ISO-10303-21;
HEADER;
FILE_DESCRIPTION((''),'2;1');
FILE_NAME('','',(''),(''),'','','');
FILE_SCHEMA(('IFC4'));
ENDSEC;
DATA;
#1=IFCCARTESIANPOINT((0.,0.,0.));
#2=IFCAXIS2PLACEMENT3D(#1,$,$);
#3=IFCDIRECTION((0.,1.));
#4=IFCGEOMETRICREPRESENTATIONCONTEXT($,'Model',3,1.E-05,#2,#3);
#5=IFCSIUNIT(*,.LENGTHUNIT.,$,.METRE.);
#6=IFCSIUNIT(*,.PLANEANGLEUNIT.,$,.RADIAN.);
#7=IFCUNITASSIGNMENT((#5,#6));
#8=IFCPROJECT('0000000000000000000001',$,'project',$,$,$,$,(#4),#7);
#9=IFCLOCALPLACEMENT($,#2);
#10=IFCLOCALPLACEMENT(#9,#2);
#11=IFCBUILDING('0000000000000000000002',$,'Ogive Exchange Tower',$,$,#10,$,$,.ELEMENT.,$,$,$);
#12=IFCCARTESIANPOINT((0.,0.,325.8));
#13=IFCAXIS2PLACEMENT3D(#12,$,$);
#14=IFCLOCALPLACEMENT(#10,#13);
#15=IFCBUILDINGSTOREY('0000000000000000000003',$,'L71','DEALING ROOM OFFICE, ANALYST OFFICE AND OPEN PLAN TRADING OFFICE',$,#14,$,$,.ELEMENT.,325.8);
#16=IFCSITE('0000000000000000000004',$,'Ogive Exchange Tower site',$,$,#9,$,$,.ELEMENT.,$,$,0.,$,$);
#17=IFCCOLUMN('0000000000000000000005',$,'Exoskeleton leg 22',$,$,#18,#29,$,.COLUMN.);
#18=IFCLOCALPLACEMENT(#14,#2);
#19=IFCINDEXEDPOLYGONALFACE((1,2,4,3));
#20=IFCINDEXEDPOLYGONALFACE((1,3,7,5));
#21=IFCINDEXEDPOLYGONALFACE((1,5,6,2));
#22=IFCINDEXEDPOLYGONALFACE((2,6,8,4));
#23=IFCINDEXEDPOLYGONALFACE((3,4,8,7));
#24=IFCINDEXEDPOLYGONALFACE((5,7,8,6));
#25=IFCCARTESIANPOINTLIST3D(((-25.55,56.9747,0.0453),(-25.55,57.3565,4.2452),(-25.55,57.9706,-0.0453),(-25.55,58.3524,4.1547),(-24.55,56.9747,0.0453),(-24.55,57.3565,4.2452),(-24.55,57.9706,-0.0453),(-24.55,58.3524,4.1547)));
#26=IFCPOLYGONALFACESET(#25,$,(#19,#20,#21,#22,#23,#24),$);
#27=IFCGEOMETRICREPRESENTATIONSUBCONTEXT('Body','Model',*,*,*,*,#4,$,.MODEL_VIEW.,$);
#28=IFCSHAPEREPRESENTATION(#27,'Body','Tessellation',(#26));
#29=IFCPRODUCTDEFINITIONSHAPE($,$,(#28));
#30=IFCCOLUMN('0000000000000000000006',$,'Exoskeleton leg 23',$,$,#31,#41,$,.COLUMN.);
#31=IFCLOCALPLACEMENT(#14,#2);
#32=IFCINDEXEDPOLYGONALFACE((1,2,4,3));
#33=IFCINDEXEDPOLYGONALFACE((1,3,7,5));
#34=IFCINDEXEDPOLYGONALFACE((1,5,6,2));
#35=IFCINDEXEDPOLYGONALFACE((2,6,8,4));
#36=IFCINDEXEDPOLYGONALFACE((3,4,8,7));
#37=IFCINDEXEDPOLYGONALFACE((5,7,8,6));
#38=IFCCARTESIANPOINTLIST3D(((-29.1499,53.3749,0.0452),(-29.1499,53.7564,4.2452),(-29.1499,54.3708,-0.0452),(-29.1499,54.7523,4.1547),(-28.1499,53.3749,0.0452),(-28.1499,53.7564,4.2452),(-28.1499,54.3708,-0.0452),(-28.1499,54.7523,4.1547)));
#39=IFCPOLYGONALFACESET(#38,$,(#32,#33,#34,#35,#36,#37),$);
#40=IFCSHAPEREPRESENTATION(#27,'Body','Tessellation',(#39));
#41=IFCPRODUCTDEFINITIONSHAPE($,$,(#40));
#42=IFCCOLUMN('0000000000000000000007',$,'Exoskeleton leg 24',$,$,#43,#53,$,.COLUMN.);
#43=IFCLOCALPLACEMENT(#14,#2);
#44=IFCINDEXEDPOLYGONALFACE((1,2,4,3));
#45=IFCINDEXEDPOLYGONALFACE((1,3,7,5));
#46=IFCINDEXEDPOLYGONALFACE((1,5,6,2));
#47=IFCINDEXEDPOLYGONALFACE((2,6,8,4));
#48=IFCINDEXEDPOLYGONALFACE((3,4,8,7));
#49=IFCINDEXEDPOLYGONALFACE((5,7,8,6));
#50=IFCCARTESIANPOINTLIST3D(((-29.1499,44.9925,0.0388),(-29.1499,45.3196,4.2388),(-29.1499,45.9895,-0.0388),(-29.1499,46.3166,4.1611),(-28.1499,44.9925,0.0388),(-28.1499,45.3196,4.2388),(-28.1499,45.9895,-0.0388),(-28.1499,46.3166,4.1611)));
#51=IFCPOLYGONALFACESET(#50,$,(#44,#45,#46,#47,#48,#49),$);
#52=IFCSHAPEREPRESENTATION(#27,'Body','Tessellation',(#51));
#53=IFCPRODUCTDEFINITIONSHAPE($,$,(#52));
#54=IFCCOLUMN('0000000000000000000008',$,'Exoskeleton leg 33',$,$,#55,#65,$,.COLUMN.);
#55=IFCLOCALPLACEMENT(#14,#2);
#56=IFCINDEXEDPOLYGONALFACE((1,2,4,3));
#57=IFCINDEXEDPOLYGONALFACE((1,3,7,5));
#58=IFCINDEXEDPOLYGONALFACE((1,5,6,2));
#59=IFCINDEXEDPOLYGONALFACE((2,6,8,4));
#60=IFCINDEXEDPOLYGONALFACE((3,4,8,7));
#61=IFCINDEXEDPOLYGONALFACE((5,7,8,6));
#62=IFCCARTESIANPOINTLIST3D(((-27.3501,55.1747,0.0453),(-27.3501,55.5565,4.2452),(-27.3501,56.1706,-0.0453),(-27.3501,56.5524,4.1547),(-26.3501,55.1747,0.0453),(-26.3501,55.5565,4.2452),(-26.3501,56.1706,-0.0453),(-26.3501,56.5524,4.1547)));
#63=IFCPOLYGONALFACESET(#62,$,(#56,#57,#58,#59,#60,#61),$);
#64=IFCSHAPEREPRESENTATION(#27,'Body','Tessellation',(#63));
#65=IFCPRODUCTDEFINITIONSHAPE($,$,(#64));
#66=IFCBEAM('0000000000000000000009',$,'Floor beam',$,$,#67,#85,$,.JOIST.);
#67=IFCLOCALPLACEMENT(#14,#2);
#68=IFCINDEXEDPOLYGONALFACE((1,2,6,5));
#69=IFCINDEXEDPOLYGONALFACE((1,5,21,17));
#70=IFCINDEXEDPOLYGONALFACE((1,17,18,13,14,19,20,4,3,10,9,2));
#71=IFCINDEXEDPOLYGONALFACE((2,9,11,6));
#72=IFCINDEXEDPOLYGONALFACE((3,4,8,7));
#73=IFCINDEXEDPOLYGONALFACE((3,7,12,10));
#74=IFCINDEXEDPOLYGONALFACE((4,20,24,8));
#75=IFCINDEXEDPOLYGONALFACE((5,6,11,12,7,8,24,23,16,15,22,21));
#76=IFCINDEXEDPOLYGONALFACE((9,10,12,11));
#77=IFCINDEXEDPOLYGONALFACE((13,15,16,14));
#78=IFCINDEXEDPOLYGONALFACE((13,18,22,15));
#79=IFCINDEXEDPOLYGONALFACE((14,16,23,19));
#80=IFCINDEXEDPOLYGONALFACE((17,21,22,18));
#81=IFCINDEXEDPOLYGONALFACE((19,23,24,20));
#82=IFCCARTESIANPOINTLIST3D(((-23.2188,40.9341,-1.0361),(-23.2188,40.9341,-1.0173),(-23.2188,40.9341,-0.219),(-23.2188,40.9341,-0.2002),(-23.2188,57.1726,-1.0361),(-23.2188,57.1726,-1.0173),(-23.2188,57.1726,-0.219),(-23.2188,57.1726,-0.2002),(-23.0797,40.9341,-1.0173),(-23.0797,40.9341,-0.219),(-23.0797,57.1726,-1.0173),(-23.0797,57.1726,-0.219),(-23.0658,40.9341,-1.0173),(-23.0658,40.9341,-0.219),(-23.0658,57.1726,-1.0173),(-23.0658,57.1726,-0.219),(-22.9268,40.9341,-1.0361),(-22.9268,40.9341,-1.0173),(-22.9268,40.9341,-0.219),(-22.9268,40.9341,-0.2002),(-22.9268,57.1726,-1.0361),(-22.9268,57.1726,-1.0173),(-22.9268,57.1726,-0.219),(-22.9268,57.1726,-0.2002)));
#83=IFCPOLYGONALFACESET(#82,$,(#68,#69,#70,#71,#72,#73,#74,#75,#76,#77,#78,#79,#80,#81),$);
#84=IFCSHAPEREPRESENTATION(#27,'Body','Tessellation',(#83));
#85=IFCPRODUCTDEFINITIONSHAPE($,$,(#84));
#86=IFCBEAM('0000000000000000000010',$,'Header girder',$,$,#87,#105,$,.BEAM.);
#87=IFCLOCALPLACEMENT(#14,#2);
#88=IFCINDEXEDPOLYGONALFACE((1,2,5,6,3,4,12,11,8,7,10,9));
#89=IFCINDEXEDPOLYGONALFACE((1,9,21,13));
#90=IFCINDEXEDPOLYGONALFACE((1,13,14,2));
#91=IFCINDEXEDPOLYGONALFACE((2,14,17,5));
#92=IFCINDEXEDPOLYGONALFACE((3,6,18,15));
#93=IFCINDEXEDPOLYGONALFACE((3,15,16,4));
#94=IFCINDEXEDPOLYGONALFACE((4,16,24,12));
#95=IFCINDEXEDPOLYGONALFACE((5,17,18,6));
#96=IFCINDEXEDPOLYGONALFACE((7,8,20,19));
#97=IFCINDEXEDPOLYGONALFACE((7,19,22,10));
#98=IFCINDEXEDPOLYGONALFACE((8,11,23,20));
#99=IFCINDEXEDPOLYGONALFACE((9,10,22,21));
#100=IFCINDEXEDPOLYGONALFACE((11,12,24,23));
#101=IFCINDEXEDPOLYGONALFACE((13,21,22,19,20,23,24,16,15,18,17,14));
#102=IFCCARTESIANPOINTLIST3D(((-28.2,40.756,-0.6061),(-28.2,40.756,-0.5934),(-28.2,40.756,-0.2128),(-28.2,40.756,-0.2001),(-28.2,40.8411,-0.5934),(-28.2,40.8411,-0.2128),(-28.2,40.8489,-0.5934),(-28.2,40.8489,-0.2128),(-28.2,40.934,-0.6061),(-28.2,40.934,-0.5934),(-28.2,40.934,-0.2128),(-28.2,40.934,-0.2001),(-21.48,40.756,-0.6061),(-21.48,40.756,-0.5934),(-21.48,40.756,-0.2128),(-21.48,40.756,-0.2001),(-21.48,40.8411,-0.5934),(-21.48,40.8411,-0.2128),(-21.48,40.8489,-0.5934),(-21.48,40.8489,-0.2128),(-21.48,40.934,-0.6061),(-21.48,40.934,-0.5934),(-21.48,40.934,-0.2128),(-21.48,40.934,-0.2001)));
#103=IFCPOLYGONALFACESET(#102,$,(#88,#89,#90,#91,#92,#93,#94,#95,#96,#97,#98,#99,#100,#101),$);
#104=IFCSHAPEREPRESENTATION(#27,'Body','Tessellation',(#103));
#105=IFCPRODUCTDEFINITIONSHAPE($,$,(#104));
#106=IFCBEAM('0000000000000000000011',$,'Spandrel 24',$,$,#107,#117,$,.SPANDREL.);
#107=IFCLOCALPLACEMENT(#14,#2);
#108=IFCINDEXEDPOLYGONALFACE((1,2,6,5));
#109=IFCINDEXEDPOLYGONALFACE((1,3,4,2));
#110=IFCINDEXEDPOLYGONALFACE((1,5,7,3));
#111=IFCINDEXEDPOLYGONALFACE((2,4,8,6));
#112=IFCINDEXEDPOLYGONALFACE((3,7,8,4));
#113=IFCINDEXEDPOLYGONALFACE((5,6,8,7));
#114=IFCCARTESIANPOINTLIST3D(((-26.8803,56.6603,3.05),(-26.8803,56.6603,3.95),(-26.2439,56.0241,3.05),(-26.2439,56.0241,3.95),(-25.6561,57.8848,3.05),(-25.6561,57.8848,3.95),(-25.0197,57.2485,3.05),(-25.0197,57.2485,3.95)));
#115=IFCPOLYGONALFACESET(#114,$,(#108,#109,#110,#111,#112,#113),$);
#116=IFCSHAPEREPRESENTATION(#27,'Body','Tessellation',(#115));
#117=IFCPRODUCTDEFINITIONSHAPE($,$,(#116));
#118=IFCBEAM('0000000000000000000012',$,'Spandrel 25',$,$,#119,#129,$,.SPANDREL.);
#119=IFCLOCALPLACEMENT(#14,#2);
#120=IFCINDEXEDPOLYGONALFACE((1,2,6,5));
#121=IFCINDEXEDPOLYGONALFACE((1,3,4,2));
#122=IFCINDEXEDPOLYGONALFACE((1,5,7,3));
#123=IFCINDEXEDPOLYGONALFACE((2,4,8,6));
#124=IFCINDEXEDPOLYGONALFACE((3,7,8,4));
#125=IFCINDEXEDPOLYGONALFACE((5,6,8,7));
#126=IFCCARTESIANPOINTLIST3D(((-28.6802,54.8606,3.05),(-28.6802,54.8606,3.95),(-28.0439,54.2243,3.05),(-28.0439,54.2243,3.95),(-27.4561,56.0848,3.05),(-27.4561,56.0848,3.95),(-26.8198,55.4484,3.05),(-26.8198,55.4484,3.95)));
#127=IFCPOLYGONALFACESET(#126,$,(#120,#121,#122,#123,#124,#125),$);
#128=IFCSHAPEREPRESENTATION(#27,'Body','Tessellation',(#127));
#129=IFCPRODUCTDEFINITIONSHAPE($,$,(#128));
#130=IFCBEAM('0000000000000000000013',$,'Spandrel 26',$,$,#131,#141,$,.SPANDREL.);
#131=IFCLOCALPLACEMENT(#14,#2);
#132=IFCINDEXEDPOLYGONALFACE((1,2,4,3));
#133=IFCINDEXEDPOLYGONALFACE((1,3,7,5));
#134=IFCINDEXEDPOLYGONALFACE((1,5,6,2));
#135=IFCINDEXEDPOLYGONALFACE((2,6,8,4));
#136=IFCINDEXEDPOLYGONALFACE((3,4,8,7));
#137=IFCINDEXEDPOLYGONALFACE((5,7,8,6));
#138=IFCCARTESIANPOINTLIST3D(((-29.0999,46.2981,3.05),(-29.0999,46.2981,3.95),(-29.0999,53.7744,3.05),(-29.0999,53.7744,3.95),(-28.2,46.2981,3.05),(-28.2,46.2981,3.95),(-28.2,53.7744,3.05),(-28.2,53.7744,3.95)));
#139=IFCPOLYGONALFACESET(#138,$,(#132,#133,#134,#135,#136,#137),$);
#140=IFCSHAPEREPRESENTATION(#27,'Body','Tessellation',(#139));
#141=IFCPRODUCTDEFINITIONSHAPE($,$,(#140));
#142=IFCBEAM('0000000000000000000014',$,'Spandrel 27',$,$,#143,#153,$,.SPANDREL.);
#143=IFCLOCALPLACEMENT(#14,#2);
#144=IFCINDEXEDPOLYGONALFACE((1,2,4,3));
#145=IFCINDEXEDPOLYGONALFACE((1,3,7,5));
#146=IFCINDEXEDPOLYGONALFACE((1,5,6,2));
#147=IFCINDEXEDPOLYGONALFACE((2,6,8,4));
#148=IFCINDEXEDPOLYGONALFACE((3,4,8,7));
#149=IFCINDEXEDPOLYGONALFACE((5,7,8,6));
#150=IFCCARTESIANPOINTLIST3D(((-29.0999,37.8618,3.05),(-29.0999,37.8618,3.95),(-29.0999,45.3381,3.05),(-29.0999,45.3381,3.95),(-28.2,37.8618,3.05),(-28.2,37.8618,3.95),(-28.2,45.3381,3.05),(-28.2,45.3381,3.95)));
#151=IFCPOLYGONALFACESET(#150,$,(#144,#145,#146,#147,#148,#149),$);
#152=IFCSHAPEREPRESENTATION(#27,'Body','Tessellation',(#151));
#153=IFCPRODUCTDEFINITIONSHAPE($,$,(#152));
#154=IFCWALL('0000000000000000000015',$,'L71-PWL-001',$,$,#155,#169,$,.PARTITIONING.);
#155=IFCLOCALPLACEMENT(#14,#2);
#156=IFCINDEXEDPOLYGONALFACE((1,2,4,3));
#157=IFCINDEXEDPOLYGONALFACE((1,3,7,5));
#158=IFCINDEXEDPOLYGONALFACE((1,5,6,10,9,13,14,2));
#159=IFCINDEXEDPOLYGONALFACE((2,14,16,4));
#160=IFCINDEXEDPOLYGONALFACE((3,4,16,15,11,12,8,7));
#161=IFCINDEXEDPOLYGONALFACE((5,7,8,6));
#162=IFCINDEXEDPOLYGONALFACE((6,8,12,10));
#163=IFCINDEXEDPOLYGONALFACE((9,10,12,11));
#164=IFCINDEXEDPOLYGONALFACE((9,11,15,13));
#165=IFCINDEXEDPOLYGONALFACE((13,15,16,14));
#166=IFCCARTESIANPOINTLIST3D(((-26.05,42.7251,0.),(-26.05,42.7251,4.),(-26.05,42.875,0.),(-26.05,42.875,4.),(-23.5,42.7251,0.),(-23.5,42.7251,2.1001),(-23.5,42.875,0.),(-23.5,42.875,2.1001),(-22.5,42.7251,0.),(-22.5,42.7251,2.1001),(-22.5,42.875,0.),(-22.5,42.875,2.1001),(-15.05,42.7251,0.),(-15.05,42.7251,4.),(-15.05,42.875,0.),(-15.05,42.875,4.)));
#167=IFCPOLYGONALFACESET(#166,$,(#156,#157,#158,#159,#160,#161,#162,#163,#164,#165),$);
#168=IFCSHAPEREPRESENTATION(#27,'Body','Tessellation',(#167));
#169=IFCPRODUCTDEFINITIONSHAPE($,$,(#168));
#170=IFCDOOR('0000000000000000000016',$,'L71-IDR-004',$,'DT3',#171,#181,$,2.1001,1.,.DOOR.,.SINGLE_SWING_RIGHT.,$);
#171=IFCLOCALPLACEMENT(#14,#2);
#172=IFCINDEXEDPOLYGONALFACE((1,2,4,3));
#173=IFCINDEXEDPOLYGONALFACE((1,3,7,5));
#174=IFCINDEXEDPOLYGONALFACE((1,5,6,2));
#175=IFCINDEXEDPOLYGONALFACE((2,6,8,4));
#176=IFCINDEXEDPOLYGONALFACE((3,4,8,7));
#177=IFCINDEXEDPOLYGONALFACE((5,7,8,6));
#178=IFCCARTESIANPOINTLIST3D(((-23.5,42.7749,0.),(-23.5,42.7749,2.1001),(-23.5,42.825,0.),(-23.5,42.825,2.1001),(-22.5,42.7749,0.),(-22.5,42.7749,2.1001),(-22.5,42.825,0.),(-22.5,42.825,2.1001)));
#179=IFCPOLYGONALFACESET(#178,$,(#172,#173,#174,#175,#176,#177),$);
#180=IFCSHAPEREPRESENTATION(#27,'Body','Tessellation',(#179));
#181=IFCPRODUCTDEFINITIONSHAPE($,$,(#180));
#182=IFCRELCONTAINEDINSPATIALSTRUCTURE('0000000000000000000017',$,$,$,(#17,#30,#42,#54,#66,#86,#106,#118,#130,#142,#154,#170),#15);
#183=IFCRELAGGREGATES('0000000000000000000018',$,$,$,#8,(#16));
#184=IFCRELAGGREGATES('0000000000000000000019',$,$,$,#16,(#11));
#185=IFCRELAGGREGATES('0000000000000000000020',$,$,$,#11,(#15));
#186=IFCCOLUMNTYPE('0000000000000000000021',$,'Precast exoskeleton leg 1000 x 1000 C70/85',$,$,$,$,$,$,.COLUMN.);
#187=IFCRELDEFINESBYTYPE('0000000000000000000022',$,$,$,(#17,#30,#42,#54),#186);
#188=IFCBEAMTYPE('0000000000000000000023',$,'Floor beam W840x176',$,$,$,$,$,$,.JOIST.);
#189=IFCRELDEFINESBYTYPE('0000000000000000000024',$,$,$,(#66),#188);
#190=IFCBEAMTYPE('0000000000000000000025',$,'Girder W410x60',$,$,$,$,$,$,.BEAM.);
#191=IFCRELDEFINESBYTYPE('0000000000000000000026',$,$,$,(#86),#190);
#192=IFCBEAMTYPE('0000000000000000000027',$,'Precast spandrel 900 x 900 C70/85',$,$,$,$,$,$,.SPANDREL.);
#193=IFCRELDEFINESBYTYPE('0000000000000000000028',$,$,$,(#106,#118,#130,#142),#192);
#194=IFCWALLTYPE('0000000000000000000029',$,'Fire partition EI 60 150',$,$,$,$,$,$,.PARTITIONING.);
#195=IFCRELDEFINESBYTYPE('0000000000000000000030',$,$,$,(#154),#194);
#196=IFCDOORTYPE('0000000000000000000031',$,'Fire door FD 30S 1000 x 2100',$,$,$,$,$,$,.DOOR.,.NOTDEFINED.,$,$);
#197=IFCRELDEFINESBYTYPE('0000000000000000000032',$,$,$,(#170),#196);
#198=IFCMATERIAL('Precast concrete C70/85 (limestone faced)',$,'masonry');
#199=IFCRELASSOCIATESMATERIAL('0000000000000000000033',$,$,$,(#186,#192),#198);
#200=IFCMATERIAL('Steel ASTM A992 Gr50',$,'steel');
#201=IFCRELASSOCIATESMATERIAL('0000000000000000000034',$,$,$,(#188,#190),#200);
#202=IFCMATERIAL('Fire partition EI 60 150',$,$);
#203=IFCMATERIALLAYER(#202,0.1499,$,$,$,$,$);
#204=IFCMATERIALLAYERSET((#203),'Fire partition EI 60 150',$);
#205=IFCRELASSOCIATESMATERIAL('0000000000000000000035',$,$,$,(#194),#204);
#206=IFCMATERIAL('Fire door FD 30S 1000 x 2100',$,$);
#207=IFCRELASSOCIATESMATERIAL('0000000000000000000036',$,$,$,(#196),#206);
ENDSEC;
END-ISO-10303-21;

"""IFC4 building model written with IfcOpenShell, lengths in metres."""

from ifc_helpers import new_model, si_unit, direction, frame, frame_2d, origin, origin_2d, place, context, subcontext, project, spatial, rectangle, i_section, extrude, material, layer, layer_set, material_profile, profile_set, type_object, element, fill, save


model = new_model("IFC4")

# Units and contexts
model_context = context("Model", 3, precision=1e-05, world=origin(), true_north=direction((0.0, 1.0)))
body_context = subcontext(model_context, "Body", "Model", "MODEL_VIEW")
ifc_project = project(units=[si_unit("LENGTHUNIT", "METRE"), si_unit("PLANEANGLEUNIT", "RADIAN")], contexts=[model_context])

# Site, building, storey
site_placement = place(None, origin())
site = spatial("IfcSite", under=ifc_project, at=site_placement, Name="Ogive Exchange Tower site", CompositionType="ELEMENT", RefElevation=0.0)
building_placement = place(site_placement, origin())
building = spatial("IfcBuilding", under=site, at=building_placement, Name="Ogive Exchange Tower", CompositionType="ELEMENT")
storey_placement = place(building_placement, frame((0.0, 0.0, 325.8)))
storey = spatial("IfcBuildingStorey", under=building, at=storey_placement, Name="L71", Description="DEALING ROOM OFFICE, ANALYST OFFICE AND OPEN PLAN TRADING OFFICE", CompositionType="ELEMENT", Elevation=325.8)

# Columns
ifc_material_1 = material(Name="Precast concrete C70/85 (limestone faced)", Category="masonry")
ifc_material_profile_1 = material_profile(ifc_material_1, rectangle(XDim=1.0, YDim=1.0, at=origin_2d()), Name="1000 x 1000")
ifc_profile_set_1 = profile_set([ifc_material_profile_1], Name="Precast concrete C70/85 (limestone faced)")
column_type = type_object("IfcColumnType", Name="Precast exoskeleton leg 1000 x 1000 C70/85", PredefinedType="COLUMN", material=ifc_profile_set_1)
for number, where, z_axis, x_axis, name in (
    (1, (-25.05, 57.4727, 0.0), (0.0, 0.090541, 0.995893), (-1.0, 0.0, 0.0), "Exoskeleton leg 22"),
    (2, (-28.6499, 53.8728, 0.0), (0.0, 0.090484, 0.995898), (-1.0, 0.0, 0.0), "Exoskeleton leg 23"),
):
    element("IfcColumn", number, at=place(storey_placement, frame(where, z_axis=z_axis, x_axis=x_axis)), inside=storey, type_object=column_type, Name=name, PredefinedType="COLUMN", context=body_context, shape_type="SweptSolid", body=[
        extrude(rectangle(XDim=1.0, YDim=1.0, at=origin_2d()), origin(), (0.0, 0.0, 1.0), 4.2173),
    ])
column_1_placement = place(storey_placement, frame((-28.6499, 45.491, 0.0), z_axis=(0.0, 0.077658, 0.99698), x_axis=(-1.0, 0.0, 0.0)))
element("IfcColumn", 3, at=column_1_placement, inside=storey, type_object=column_type, Name="Exoskeleton leg 24", PredefinedType="COLUMN", context=body_context, shape_type="SweptSolid", body=[
    extrude(rectangle(XDim=1.0, YDim=1.0, at=origin_2d()), origin(), (0.0, 0.0, 1.0), 4.2126),
])
column_2_placement = place(storey_placement, frame((-26.8501, 55.6726, 0.0), z_axis=(0.0, 0.090541, 0.995893), x_axis=(-1.0, 0.0, 0.0)))
element("IfcColumn", 4, at=column_2_placement, inside=storey, type_object=column_type, Name="Exoskeleton leg 33", PredefinedType="COLUMN", context=body_context, shape_type="SweptSolid", body=[
    extrude(rectangle(XDim=1.0, YDim=1.0, at=origin_2d()), origin(), (0.0, 0.0, 1.0), 4.2173),
])

# Beams
ifc_material_2 = material(Name="Steel ASTM A992 Gr50", Category="steel")
ifc_material_profile_2 = material_profile(ifc_material_2, i_section(OverallWidth=0.292, OverallDepth=0.8359, WebThickness=0.0139, FlangeThickness=0.0188, at=origin_2d()), Name="W840x176")
ifc_profile_set_2 = profile_set([ifc_material_profile_2], Name="Steel ASTM A992 Gr50")
beam_type_1 = type_object("IfcBeamType", Name="Floor beam W840x176", PredefinedType="JOIST", material=ifc_profile_set_2)
beam_1_placement = place(storey_placement, frame((-23.0728, 40.9341, -0.6182), z_axis=(0.0, 1.0, 0.0), x_axis=(-1.0, 0.0, 0.0)))
element("IfcBeam", 5, at=beam_1_placement, inside=storey, type_object=beam_type_1, Name="Floor beam", PredefinedType="JOIST", context=body_context, shape_type="SweptSolid", body=[
    extrude(i_section(OverallWidth=0.292, OverallDepth=0.8359, WebThickness=0.0139, FlangeThickness=0.0188, at=origin_2d()), origin(), (0.0, 0.0, 1.0), 16.2385),
])
ifc_material_profile_3 = material_profile(ifc_material_2, i_section(OverallWidth=0.178, OverallDepth=0.406, WebThickness=0.0078, FlangeThickness=0.0127, at=origin_2d()), Name="W410x60")
ifc_profile_set_3 = profile_set([ifc_material_profile_3], Name="Steel ASTM A992 Gr50")
beam_type_2 = type_object("IfcBeamType", Name="Girder W410x60", PredefinedType="BEAM", material=ifc_profile_set_3)
beam_2_placement = place(storey_placement, frame((-28.2, 40.845, -0.4031), z_axis=(1.0, 0.0, 0.0), x_axis=(0.0, 1.0, 0.0)))
element("IfcBeam", 6, at=beam_2_placement, inside=storey, type_object=beam_type_2, Name="Header girder", PredefinedType="BEAM", context=body_context, shape_type="SweptSolid", body=[
    extrude(i_section(OverallWidth=0.178, OverallDepth=0.406, WebThickness=0.0078, FlangeThickness=0.0127, at=origin_2d()), origin(), (0.0, 0.0, 1.0), 6.72),
])
ifc_material_profile_4 = material_profile(ifc_material_1, rectangle(XDim=0.8999, YDim=0.8999, at=origin_2d()), Name="900 x 900")
ifc_profile_set_4 = profile_set([ifc_material_profile_4], Name="Precast concrete C70/85 (limestone faced)")
beam_type_3 = type_object("IfcBeamType", Name="Precast spandrel 900 x 900 C70/85", PredefinedType="SPANDREL", material=ifc_profile_set_4)
beam_3_placement = place(storey_placement, frame((-25.3379, 57.5667, 3.5), z_axis=(-0.707036, -0.707177, 0.0), x_axis=(0.707177, -0.707036, 0.0)))
element("IfcBeam", 7, at=beam_3_placement, inside=storey, type_object=beam_type_3, Name="Spandrel 24", PredefinedType="SPANDREL", context=body_context, shape_type="SweptSolid", body=[
    extrude(rectangle(XDim=0.8999, YDim=0.8999, at=origin_2d()), origin(), (0.0, 0.0, 1.0), 1.7314),
])
beam_4_placement = place(storey_placement, frame((-27.1379, 55.7666, 3.5), z_axis=(-0.707107, -0.707107, 0.0), x_axis=(0.707107, -0.707107, 0.0)))
element("IfcBeam", 8, at=beam_4_placement, inside=storey, type_object=beam_type_3, Name="Spandrel 25", PredefinedType="SPANDREL", context=body_context, shape_type="SweptSolid", body=[
    extrude(rectangle(XDim=0.8999, YDim=0.8999, at=origin_2d()), origin(), (0.0, 0.0, 1.0), 1.7312),
])
for number, where, z_axis, x_axis, name in (
    (9, (-28.6499, 53.7744, 3.5), (0.0, -1.0, 0.0), (1.0, 0.0, 0.0), "Spandrel 26"),
    (10, (-28.6499, 45.3381, 3.5), (0.0, -1.0, 0.0), (1.0, 0.0, 0.0), "Spandrel 27"),
):
    element("IfcBeam", number, at=place(storey_placement, frame(where, z_axis=z_axis, x_axis=x_axis)), inside=storey, type_object=beam_type_3, Name=name, PredefinedType="SPANDREL", context=body_context, shape_type="SweptSolid", body=[
        extrude(rectangle(XDim=0.8999, YDim=0.8999, at=origin_2d()), origin(), (0.0, 0.0, 1.0), 7.4763),
    ])

# Wall, opening, door
ifc_material_3 = material(Name="Fire partition EI 60 150")
ifc_layer_1 = layer(ifc_material_3, 0.1499)
ifc_layer_set_1 = layer_set([ifc_layer_1], Name="Fire partition EI 60 150")
wall_type_1 = type_object("IfcWallType", Name="Fire partition EI 60 150", PredefinedType="PARTITIONING", material=ifc_layer_set_1)
wall_1_placement = place(storey_placement, frame((-26.05, 42.8, 0.0), z_axis=(0.0, 0.0, 1.0), x_axis=(1.0, 0.0, 0.0)))
wall_1 = element("IfcWall", 11, at=wall_1_placement, inside=storey, type_object=wall_type_1, Name="L71-PWL-001", PredefinedType="PARTITIONING", context=body_context, shape_type="SweptSolid", body=[
    extrude(rectangle(XDim=11.0, YDim=0.1499, at=frame_2d((5.5, 0.0))), origin(), (0.0, 0.0, 1.0), 4.0),
])
opening_1_placement = place(wall_1_placement, frame((2.55, 0.0, 0.0)))
opening_1 = element("IfcOpeningElement", 12, at=opening_1_placement, cuts=wall_1, PredefinedType="OPENING", context=body_context, shape_type="SweptSolid", body=[
    extrude(rectangle(XDim=1.0, YDim=2.1001, at=frame_2d((0.5, 1.05))), frame((0.0, 0.085, 0.0), z_axis=(0.0, -1.0, 0.0), x_axis=(1.0, 0.0, 0.0)), (0.0, 0.0, 1.0), 0.1699),
])
ifc_material_4 = material(Name="Fire door FD 30S 1000 x 2100")
door_type_1 = type_object("IfcDoorType", Name="Fire door FD 30S 1000 x 2100", OperationType="NOTDEFINED", PredefinedType="DOOR", material=ifc_material_4)
door_1_placement = place(opening_1_placement, origin())
door_1 = element("IfcDoor", 13, at=door_1_placement, inside=storey, type_object=door_type_1, Name="L71-IDR-004", ObjectType="DT3", OperationType="SINGLE_SWING_RIGHT", OverallHeight=2.1001, OverallWidth=1.0, PredefinedType="DOOR", context=body_context, shape_type="SweptSolid", body=[
    extrude(rectangle(XDim=1.0, YDim=2.1001, at=frame_2d((0.5, 1.05))), frame((0.0, 0.0249, 0.0), z_axis=(0.0, -1.0, 0.0), x_axis=(1.0, 0.0, 0.0)), (0.0, 0.0, 1.0), 0.05),
])
fill(opening_1, door_1)

save(model, "model.ifc")
